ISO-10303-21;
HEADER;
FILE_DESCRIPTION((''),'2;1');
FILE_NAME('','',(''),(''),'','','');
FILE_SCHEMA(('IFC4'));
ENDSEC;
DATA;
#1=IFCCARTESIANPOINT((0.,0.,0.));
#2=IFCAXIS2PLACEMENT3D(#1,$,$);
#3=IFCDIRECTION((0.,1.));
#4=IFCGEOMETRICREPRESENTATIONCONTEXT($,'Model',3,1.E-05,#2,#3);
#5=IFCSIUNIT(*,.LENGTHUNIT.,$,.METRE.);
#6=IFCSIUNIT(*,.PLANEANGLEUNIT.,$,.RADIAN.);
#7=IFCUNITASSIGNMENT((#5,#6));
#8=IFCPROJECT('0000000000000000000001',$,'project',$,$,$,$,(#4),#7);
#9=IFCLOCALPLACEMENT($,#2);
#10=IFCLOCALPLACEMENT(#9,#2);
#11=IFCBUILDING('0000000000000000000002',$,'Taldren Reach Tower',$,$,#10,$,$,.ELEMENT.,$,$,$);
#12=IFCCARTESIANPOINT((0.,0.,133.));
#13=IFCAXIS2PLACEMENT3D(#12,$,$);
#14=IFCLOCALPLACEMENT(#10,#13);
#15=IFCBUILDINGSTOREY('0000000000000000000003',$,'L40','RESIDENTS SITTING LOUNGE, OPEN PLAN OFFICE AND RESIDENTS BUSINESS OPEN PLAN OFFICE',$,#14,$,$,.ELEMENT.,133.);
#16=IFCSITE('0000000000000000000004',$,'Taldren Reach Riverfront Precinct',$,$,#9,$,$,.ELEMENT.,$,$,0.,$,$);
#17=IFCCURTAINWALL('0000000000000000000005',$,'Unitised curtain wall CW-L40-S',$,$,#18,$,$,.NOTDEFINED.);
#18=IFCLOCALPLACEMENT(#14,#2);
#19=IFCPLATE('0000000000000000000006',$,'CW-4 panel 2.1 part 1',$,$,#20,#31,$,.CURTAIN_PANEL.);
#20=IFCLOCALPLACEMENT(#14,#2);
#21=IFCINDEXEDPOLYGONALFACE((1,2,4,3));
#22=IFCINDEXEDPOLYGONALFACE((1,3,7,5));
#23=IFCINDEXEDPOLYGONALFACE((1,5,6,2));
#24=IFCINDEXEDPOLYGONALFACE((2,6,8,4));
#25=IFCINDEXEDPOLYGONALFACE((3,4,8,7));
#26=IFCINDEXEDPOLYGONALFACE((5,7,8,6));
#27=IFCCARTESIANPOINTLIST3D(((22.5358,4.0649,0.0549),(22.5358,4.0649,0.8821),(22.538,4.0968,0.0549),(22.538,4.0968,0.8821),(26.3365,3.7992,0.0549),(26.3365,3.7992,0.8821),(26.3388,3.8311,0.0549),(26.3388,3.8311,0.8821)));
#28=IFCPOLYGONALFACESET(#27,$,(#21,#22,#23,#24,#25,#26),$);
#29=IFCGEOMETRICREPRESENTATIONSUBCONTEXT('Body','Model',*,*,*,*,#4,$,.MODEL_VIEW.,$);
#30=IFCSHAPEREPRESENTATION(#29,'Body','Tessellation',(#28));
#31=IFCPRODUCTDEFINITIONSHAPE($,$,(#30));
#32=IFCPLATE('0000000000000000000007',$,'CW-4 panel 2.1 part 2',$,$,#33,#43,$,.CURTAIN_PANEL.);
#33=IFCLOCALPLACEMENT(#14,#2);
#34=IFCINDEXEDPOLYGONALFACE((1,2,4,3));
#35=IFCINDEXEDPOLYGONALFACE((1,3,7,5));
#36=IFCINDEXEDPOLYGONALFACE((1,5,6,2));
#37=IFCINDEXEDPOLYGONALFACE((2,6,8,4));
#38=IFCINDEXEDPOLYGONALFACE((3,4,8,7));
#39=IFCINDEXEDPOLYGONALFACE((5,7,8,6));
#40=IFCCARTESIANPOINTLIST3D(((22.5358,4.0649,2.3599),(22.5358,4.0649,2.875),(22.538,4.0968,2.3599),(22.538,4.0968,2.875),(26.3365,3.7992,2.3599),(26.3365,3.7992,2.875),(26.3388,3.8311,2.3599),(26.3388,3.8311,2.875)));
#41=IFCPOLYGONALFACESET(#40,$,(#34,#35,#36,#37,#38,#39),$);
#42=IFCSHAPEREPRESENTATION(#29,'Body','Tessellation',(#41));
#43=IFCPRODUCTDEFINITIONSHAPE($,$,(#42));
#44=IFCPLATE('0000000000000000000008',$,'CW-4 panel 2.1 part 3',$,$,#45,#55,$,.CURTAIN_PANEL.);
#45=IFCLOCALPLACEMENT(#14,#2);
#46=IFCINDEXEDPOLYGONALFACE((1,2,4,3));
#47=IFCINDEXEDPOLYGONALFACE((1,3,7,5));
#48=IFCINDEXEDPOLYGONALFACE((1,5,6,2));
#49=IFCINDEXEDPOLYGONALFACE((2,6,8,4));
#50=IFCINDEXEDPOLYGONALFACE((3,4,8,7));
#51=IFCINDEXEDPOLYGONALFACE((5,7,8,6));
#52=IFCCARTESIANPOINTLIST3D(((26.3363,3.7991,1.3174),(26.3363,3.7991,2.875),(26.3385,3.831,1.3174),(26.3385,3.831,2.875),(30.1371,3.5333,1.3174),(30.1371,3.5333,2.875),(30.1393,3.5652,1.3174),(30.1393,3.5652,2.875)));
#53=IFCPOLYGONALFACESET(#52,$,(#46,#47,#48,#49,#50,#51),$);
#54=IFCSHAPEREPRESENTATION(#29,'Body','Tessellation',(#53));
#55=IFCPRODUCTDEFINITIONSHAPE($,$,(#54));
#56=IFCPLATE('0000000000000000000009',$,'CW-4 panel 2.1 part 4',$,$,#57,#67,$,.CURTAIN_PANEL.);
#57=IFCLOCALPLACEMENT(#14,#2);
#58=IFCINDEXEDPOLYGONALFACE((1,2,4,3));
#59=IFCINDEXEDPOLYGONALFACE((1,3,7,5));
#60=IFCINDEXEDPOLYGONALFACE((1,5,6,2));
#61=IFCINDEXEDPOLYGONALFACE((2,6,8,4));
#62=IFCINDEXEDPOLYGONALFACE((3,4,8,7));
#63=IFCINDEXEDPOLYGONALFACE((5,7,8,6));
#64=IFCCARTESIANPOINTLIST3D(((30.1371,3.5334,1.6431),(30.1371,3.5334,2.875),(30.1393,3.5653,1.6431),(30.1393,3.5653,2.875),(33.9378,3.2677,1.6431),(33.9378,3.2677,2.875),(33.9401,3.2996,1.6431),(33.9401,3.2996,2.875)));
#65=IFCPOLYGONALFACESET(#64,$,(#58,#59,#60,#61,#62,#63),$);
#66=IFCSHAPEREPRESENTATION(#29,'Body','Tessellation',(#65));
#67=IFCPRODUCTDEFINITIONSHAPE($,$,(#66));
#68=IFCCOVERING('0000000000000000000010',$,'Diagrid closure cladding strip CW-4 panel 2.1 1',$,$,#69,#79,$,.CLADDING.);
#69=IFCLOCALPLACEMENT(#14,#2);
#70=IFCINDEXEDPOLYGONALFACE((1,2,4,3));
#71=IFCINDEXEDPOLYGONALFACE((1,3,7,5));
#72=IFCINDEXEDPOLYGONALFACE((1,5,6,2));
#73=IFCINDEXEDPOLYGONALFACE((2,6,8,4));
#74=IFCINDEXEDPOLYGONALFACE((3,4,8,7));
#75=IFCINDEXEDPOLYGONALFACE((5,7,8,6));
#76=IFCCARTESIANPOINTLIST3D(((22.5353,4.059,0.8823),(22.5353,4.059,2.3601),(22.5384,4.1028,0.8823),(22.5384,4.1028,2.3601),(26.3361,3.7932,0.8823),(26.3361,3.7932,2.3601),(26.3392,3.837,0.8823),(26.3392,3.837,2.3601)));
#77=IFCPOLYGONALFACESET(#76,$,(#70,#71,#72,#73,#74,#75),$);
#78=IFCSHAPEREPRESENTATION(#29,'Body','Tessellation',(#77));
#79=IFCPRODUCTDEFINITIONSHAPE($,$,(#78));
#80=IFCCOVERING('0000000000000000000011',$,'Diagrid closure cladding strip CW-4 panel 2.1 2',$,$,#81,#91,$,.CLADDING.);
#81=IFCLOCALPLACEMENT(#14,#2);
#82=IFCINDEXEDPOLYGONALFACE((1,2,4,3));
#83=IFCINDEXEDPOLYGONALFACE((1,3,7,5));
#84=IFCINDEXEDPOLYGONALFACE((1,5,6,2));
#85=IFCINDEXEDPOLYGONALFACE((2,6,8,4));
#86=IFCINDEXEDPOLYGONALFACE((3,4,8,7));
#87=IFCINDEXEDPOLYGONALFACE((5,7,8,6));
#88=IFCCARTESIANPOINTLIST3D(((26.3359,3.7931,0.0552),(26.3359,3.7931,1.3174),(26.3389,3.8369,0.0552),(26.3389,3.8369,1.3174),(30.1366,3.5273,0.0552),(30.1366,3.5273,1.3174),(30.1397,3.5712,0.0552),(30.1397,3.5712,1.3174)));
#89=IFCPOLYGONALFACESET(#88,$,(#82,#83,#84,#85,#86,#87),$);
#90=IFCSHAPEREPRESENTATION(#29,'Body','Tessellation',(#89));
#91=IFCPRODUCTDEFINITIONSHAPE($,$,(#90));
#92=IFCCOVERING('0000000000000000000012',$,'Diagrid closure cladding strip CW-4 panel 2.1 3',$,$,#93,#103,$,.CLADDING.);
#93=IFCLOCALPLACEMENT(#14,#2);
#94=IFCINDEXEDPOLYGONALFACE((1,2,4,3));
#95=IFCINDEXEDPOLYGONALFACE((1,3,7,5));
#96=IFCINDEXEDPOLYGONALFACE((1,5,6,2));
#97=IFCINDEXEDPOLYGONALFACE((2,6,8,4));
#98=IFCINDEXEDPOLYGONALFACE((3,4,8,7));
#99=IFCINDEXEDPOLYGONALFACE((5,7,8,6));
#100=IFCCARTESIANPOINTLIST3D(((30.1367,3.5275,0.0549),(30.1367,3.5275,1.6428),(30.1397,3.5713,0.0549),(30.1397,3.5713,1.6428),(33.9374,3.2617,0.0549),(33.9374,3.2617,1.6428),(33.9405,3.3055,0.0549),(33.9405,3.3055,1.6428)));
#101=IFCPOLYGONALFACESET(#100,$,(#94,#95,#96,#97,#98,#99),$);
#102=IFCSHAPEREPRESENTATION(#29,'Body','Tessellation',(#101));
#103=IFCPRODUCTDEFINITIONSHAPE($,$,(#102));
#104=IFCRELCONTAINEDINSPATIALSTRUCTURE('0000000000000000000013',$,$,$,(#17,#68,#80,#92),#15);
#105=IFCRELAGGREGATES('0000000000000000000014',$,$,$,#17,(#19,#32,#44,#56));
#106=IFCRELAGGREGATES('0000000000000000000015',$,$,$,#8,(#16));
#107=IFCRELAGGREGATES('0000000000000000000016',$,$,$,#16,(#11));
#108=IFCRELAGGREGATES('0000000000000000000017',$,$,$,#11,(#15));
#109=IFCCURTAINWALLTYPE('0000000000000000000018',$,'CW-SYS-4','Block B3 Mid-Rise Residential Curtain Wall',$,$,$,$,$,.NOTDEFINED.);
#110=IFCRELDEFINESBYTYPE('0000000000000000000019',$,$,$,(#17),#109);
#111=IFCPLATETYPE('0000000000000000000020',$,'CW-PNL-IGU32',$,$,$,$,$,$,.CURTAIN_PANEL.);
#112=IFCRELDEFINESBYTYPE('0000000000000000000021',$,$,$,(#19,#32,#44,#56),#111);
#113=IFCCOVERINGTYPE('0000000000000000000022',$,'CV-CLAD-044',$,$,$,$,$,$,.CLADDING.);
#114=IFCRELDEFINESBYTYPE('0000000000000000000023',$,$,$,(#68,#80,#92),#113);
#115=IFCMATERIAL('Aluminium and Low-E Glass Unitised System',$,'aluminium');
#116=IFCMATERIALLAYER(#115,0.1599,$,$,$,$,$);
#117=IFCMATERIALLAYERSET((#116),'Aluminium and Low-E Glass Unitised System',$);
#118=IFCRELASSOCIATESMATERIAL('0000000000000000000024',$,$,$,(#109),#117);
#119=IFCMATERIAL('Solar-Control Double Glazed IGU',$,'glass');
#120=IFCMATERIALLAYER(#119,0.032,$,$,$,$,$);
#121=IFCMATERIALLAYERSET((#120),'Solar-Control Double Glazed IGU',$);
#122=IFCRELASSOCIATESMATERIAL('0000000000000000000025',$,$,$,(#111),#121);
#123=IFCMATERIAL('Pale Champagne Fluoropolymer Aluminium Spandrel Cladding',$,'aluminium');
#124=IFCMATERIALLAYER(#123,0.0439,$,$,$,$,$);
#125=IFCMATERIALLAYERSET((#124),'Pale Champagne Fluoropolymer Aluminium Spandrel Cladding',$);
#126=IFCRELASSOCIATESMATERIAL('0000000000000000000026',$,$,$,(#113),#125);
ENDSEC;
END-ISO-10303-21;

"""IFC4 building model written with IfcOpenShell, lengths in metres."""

from ifc_helpers import new_model, si_unit, direction, frame, origin, origin_2d, place, context, subcontext, project, spatial, rectangle, extrude, source, transform, mapped, material, layer, layer_set, type_object, element, aggregate, save


model = new_model("IFC4")

# Units and contexts
model_context = context("Model", 3, precision=1e-05, world=origin(), true_north=direction((0.0, 1.0)))
body_context = subcontext(model_context, "Body", "Model", "MODEL_VIEW")
ifc_project = project(units=[si_unit("LENGTHUNIT", "METRE"), si_unit("PLANEANGLEUNIT", "RADIAN")], contexts=[model_context])

# Site, building, storey
site_placement = place(None, origin())
site = spatial("IfcSite", under=ifc_project, at=site_placement, Name="Taldren Reach Riverfront Precinct", CompositionType="ELEMENT", RefElevation=0.0)
building_placement = place(site_placement, origin())
building = spatial("IfcBuilding", under=site, at=building_placement, Name="Taldren Reach Tower", CompositionType="ELEMENT")
storey_placement = place(building_placement, frame((0.0, 0.0, 133.0)))
storey = spatial("IfcBuildingStorey", under=building, at=storey_placement, Name="L40", Description="RESIDENTS SITTING LOUNGE, OPEN PLAN OFFICE AND RESIDENTS BUSINESS OPEN PLAN OFFICE", CompositionType="ELEMENT", Elevation=133.0)

# Curtain wall
ifc_material_1 = material(Name="Aluminium and Low-E Glass Unitised System", Category="aluminium")
ifc_layer_1 = layer(ifc_material_1, 0.1599)
ifc_layer_set_1 = layer_set([ifc_layer_1], Name="Aluminium and Low-E Glass Unitised System")
curtain_wall_type = type_object("IfcCurtainWallType", Name="CW-SYS-4", Description="Block B3 Mid-Rise Residential Curtain Wall", PredefinedType="NOTDEFINED", material=ifc_layer_set_1)
curtain_wall_placement = place(storey_placement, origin())
curtain_wall = element("IfcCurtainWall", 1, at=curtain_wall_placement, inside=storey, type_object=curtain_wall_type, Name="Unitised curtain wall CW-L40-S", PredefinedType="NOTDEFINED")

# Plates
ifc_material_2 = material(Name="Solar-Control Double Glazed IGU", Category="glass")
ifc_layer_2 = layer(ifc_material_2, 0.032)
ifc_layer_set_2 = layer_set([ifc_layer_2], Name="Solar-Control Double Glazed IGU")
plate_type_1 = type_object("IfcPlateType", Name="CW-PNL-IGU32", PredefinedType="CURTAIN_PANEL", material=ifc_layer_set_2)
shared_shape_1 = source(origin(), body_context, "Body", "SweptSolid", [
    extrude(rectangle(XDim=3.8101, YDim=0.032, at=origin_2d()), origin(), (0.0, 0.0, 1.0), 0.8271),
])
plate_1_placement = place(storey_placement, frame((24.4373, 3.948, 0.0549), z_axis=(0.0, 0.0, 1.0), x_axis=(0.997564, -0.069757, 0.0)))
plate_1 = element("IfcPlate", 2, at=plate_1_placement, type_object=plate_type_1, Name="CW-4 panel 2.1 part 1", PredefinedType="CURTAIN_PANEL", context=body_context, shape_type="MappedRepresentation", body=[
    mapped(shared_shape_1, transform((0.0, 0.0, 0.0), scale=1.0)),
])
shared_shape_2 = source(origin(), body_context, "Body", "SweptSolid", [
    extrude(rectangle(XDim=3.8101, YDim=0.032, at=origin_2d()), origin(), (0.0, 0.0, 1.0), 0.5151),
])
plate_2_placement = place(storey_placement, frame((24.4373, 3.948, 2.3599), z_axis=(0.0, 0.0, 1.0), x_axis=(0.997564, -0.069757, 0.0)))
plate_2 = element("IfcPlate", 3, at=plate_2_placement, type_object=plate_type_1, Name="CW-4 panel 2.1 part 2", PredefinedType="CURTAIN_PANEL", context=body_context, shape_type="MappedRepresentation", body=[
    mapped(shared_shape_2, transform((0.0, 0.0, 0.0), scale=1.0)),
])
shared_shape_3 = source(origin(), body_context, "Body", "SweptSolid", [
    extrude(rectangle(XDim=3.8101, YDim=0.032, at=origin_2d()), origin(), (0.0, 0.0, 1.0), 1.5576),
])
plate_3_placement = place(storey_placement, frame((28.2378, 3.6821, 1.3174), z_axis=(0.0, 0.0, 1.0), x_axis=(0.997564, -0.069757, 0.0)))
plate_3 = element("IfcPlate", 4, at=plate_3_placement, type_object=plate_type_1, Name="CW-4 panel 2.1 part 3", PredefinedType="CURTAIN_PANEL", context=body_context, shape_type="MappedRepresentation", body=[
    mapped(shared_shape_3, transform((0.0, 0.0, 0.0), scale=1.0)),
])
shared_shape_4 = source(origin(), body_context, "Body", "SweptSolid", [
    extrude(rectangle(XDim=3.8101, YDim=0.032, at=origin_2d()), origin(), (0.0, 0.0, 1.0), 1.2319),
])
plate_4_placement = place(storey_placement, frame((32.0386, 3.4165, 1.6431), z_axis=(0.0, 0.0, 1.0), x_axis=(0.997564, -0.069757, 0.0)))
plate_4 = element("IfcPlate", 5, at=plate_4_placement, type_object=plate_type_1, Name="CW-4 panel 2.1 part 4", PredefinedType="CURTAIN_PANEL", context=body_context, shape_type="MappedRepresentation", body=[
    mapped(shared_shape_4, transform((0.0, 0.0, 0.0), scale=1.0)),
])
aggregate(curtain_wall, [plate_1, plate_2, plate_3, plate_4])

# Coverings
ifc_material_3 = material(Name="Pale Champagne Fluoropolymer Aluminium Spandrel Cladding", Category="aluminium")
ifc_layer_3 = layer(ifc_material_3, 0.0439)
ifc_layer_set_3 = layer_set([ifc_layer_3], Name="Pale Champagne Fluoropolymer Aluminium Spandrel Cladding")
covering_type = type_object("IfcCoveringType", Name="CV-CLAD-044", PredefinedType="CLADDING", material=ifc_layer_set_3)
shared_shape_5 = source(origin(), body_context, "Body", "SweptSolid", [
    extrude(rectangle(XDim=3.8101, YDim=0.0439, at=origin_2d()), origin(), (0.0, 0.0, 1.0), 1.4778),
])
covering_1_placement = place(storey_placement, frame((24.4373, 3.948, 0.8823), z_axis=(0.0, 0.0, 1.0), x_axis=(0.997564, -0.069757, 0.0)))
element("IfcCovering", 6, at=covering_1_placement, inside=storey, type_object=covering_type, Name="Diagrid closure cladding strip CW-4 panel 2.1 1", PredefinedType="CLADDING", context=body_context, shape_type="MappedRepresentation", body=[
    mapped(shared_shape_5, transform((0.0, 0.0, 0.0), scale=1.0)),
])
shared_shape_6 = source(origin(), body_context, "Body", "SweptSolid", [
    extrude(rectangle(XDim=3.8101, YDim=0.0439, at=origin_2d()), origin(), (0.0, 0.0, 1.0), 1.2622),
])
covering_2_placement = place(storey_placement, frame((28.2378, 3.6821, 0.0552), z_axis=(0.0, 0.0, 1.0), x_axis=(0.997564, -0.069757, 0.0)))
element("IfcCovering", 7, at=covering_2_placement, inside=storey, type_object=covering_type, Name="Diagrid closure cladding strip CW-4 panel 2.1 2", PredefinedType="CLADDING", context=body_context, shape_type="MappedRepresentation", body=[
    mapped(shared_shape_6, transform((0.0, 0.0, 0.0), scale=1.0)),
])
shared_shape_7 = source(origin(), body_context, "Body", "SweptSolid", [
    extrude(rectangle(XDim=3.8101, YDim=0.0439, at=origin_2d()), origin(), (0.0, 0.0, 1.0), 1.5879),
])
covering_3_placement = place(storey_placement, frame((32.0386, 3.4165, 0.0549), z_axis=(0.0, 0.0, 1.0), x_axis=(0.997564, -0.069757, 0.0)))
element("IfcCovering", 8, at=covering_3_placement, inside=storey, type_object=covering_type, Name="Diagrid closure cladding strip CW-4 panel 2.1 3", PredefinedType="CLADDING", context=body_context, shape_type="MappedRepresentation", body=[
    mapped(shared_shape_7, transform((0.0, 0.0, 0.0), scale=1.0)),
])

save(model, "model.ifc")
